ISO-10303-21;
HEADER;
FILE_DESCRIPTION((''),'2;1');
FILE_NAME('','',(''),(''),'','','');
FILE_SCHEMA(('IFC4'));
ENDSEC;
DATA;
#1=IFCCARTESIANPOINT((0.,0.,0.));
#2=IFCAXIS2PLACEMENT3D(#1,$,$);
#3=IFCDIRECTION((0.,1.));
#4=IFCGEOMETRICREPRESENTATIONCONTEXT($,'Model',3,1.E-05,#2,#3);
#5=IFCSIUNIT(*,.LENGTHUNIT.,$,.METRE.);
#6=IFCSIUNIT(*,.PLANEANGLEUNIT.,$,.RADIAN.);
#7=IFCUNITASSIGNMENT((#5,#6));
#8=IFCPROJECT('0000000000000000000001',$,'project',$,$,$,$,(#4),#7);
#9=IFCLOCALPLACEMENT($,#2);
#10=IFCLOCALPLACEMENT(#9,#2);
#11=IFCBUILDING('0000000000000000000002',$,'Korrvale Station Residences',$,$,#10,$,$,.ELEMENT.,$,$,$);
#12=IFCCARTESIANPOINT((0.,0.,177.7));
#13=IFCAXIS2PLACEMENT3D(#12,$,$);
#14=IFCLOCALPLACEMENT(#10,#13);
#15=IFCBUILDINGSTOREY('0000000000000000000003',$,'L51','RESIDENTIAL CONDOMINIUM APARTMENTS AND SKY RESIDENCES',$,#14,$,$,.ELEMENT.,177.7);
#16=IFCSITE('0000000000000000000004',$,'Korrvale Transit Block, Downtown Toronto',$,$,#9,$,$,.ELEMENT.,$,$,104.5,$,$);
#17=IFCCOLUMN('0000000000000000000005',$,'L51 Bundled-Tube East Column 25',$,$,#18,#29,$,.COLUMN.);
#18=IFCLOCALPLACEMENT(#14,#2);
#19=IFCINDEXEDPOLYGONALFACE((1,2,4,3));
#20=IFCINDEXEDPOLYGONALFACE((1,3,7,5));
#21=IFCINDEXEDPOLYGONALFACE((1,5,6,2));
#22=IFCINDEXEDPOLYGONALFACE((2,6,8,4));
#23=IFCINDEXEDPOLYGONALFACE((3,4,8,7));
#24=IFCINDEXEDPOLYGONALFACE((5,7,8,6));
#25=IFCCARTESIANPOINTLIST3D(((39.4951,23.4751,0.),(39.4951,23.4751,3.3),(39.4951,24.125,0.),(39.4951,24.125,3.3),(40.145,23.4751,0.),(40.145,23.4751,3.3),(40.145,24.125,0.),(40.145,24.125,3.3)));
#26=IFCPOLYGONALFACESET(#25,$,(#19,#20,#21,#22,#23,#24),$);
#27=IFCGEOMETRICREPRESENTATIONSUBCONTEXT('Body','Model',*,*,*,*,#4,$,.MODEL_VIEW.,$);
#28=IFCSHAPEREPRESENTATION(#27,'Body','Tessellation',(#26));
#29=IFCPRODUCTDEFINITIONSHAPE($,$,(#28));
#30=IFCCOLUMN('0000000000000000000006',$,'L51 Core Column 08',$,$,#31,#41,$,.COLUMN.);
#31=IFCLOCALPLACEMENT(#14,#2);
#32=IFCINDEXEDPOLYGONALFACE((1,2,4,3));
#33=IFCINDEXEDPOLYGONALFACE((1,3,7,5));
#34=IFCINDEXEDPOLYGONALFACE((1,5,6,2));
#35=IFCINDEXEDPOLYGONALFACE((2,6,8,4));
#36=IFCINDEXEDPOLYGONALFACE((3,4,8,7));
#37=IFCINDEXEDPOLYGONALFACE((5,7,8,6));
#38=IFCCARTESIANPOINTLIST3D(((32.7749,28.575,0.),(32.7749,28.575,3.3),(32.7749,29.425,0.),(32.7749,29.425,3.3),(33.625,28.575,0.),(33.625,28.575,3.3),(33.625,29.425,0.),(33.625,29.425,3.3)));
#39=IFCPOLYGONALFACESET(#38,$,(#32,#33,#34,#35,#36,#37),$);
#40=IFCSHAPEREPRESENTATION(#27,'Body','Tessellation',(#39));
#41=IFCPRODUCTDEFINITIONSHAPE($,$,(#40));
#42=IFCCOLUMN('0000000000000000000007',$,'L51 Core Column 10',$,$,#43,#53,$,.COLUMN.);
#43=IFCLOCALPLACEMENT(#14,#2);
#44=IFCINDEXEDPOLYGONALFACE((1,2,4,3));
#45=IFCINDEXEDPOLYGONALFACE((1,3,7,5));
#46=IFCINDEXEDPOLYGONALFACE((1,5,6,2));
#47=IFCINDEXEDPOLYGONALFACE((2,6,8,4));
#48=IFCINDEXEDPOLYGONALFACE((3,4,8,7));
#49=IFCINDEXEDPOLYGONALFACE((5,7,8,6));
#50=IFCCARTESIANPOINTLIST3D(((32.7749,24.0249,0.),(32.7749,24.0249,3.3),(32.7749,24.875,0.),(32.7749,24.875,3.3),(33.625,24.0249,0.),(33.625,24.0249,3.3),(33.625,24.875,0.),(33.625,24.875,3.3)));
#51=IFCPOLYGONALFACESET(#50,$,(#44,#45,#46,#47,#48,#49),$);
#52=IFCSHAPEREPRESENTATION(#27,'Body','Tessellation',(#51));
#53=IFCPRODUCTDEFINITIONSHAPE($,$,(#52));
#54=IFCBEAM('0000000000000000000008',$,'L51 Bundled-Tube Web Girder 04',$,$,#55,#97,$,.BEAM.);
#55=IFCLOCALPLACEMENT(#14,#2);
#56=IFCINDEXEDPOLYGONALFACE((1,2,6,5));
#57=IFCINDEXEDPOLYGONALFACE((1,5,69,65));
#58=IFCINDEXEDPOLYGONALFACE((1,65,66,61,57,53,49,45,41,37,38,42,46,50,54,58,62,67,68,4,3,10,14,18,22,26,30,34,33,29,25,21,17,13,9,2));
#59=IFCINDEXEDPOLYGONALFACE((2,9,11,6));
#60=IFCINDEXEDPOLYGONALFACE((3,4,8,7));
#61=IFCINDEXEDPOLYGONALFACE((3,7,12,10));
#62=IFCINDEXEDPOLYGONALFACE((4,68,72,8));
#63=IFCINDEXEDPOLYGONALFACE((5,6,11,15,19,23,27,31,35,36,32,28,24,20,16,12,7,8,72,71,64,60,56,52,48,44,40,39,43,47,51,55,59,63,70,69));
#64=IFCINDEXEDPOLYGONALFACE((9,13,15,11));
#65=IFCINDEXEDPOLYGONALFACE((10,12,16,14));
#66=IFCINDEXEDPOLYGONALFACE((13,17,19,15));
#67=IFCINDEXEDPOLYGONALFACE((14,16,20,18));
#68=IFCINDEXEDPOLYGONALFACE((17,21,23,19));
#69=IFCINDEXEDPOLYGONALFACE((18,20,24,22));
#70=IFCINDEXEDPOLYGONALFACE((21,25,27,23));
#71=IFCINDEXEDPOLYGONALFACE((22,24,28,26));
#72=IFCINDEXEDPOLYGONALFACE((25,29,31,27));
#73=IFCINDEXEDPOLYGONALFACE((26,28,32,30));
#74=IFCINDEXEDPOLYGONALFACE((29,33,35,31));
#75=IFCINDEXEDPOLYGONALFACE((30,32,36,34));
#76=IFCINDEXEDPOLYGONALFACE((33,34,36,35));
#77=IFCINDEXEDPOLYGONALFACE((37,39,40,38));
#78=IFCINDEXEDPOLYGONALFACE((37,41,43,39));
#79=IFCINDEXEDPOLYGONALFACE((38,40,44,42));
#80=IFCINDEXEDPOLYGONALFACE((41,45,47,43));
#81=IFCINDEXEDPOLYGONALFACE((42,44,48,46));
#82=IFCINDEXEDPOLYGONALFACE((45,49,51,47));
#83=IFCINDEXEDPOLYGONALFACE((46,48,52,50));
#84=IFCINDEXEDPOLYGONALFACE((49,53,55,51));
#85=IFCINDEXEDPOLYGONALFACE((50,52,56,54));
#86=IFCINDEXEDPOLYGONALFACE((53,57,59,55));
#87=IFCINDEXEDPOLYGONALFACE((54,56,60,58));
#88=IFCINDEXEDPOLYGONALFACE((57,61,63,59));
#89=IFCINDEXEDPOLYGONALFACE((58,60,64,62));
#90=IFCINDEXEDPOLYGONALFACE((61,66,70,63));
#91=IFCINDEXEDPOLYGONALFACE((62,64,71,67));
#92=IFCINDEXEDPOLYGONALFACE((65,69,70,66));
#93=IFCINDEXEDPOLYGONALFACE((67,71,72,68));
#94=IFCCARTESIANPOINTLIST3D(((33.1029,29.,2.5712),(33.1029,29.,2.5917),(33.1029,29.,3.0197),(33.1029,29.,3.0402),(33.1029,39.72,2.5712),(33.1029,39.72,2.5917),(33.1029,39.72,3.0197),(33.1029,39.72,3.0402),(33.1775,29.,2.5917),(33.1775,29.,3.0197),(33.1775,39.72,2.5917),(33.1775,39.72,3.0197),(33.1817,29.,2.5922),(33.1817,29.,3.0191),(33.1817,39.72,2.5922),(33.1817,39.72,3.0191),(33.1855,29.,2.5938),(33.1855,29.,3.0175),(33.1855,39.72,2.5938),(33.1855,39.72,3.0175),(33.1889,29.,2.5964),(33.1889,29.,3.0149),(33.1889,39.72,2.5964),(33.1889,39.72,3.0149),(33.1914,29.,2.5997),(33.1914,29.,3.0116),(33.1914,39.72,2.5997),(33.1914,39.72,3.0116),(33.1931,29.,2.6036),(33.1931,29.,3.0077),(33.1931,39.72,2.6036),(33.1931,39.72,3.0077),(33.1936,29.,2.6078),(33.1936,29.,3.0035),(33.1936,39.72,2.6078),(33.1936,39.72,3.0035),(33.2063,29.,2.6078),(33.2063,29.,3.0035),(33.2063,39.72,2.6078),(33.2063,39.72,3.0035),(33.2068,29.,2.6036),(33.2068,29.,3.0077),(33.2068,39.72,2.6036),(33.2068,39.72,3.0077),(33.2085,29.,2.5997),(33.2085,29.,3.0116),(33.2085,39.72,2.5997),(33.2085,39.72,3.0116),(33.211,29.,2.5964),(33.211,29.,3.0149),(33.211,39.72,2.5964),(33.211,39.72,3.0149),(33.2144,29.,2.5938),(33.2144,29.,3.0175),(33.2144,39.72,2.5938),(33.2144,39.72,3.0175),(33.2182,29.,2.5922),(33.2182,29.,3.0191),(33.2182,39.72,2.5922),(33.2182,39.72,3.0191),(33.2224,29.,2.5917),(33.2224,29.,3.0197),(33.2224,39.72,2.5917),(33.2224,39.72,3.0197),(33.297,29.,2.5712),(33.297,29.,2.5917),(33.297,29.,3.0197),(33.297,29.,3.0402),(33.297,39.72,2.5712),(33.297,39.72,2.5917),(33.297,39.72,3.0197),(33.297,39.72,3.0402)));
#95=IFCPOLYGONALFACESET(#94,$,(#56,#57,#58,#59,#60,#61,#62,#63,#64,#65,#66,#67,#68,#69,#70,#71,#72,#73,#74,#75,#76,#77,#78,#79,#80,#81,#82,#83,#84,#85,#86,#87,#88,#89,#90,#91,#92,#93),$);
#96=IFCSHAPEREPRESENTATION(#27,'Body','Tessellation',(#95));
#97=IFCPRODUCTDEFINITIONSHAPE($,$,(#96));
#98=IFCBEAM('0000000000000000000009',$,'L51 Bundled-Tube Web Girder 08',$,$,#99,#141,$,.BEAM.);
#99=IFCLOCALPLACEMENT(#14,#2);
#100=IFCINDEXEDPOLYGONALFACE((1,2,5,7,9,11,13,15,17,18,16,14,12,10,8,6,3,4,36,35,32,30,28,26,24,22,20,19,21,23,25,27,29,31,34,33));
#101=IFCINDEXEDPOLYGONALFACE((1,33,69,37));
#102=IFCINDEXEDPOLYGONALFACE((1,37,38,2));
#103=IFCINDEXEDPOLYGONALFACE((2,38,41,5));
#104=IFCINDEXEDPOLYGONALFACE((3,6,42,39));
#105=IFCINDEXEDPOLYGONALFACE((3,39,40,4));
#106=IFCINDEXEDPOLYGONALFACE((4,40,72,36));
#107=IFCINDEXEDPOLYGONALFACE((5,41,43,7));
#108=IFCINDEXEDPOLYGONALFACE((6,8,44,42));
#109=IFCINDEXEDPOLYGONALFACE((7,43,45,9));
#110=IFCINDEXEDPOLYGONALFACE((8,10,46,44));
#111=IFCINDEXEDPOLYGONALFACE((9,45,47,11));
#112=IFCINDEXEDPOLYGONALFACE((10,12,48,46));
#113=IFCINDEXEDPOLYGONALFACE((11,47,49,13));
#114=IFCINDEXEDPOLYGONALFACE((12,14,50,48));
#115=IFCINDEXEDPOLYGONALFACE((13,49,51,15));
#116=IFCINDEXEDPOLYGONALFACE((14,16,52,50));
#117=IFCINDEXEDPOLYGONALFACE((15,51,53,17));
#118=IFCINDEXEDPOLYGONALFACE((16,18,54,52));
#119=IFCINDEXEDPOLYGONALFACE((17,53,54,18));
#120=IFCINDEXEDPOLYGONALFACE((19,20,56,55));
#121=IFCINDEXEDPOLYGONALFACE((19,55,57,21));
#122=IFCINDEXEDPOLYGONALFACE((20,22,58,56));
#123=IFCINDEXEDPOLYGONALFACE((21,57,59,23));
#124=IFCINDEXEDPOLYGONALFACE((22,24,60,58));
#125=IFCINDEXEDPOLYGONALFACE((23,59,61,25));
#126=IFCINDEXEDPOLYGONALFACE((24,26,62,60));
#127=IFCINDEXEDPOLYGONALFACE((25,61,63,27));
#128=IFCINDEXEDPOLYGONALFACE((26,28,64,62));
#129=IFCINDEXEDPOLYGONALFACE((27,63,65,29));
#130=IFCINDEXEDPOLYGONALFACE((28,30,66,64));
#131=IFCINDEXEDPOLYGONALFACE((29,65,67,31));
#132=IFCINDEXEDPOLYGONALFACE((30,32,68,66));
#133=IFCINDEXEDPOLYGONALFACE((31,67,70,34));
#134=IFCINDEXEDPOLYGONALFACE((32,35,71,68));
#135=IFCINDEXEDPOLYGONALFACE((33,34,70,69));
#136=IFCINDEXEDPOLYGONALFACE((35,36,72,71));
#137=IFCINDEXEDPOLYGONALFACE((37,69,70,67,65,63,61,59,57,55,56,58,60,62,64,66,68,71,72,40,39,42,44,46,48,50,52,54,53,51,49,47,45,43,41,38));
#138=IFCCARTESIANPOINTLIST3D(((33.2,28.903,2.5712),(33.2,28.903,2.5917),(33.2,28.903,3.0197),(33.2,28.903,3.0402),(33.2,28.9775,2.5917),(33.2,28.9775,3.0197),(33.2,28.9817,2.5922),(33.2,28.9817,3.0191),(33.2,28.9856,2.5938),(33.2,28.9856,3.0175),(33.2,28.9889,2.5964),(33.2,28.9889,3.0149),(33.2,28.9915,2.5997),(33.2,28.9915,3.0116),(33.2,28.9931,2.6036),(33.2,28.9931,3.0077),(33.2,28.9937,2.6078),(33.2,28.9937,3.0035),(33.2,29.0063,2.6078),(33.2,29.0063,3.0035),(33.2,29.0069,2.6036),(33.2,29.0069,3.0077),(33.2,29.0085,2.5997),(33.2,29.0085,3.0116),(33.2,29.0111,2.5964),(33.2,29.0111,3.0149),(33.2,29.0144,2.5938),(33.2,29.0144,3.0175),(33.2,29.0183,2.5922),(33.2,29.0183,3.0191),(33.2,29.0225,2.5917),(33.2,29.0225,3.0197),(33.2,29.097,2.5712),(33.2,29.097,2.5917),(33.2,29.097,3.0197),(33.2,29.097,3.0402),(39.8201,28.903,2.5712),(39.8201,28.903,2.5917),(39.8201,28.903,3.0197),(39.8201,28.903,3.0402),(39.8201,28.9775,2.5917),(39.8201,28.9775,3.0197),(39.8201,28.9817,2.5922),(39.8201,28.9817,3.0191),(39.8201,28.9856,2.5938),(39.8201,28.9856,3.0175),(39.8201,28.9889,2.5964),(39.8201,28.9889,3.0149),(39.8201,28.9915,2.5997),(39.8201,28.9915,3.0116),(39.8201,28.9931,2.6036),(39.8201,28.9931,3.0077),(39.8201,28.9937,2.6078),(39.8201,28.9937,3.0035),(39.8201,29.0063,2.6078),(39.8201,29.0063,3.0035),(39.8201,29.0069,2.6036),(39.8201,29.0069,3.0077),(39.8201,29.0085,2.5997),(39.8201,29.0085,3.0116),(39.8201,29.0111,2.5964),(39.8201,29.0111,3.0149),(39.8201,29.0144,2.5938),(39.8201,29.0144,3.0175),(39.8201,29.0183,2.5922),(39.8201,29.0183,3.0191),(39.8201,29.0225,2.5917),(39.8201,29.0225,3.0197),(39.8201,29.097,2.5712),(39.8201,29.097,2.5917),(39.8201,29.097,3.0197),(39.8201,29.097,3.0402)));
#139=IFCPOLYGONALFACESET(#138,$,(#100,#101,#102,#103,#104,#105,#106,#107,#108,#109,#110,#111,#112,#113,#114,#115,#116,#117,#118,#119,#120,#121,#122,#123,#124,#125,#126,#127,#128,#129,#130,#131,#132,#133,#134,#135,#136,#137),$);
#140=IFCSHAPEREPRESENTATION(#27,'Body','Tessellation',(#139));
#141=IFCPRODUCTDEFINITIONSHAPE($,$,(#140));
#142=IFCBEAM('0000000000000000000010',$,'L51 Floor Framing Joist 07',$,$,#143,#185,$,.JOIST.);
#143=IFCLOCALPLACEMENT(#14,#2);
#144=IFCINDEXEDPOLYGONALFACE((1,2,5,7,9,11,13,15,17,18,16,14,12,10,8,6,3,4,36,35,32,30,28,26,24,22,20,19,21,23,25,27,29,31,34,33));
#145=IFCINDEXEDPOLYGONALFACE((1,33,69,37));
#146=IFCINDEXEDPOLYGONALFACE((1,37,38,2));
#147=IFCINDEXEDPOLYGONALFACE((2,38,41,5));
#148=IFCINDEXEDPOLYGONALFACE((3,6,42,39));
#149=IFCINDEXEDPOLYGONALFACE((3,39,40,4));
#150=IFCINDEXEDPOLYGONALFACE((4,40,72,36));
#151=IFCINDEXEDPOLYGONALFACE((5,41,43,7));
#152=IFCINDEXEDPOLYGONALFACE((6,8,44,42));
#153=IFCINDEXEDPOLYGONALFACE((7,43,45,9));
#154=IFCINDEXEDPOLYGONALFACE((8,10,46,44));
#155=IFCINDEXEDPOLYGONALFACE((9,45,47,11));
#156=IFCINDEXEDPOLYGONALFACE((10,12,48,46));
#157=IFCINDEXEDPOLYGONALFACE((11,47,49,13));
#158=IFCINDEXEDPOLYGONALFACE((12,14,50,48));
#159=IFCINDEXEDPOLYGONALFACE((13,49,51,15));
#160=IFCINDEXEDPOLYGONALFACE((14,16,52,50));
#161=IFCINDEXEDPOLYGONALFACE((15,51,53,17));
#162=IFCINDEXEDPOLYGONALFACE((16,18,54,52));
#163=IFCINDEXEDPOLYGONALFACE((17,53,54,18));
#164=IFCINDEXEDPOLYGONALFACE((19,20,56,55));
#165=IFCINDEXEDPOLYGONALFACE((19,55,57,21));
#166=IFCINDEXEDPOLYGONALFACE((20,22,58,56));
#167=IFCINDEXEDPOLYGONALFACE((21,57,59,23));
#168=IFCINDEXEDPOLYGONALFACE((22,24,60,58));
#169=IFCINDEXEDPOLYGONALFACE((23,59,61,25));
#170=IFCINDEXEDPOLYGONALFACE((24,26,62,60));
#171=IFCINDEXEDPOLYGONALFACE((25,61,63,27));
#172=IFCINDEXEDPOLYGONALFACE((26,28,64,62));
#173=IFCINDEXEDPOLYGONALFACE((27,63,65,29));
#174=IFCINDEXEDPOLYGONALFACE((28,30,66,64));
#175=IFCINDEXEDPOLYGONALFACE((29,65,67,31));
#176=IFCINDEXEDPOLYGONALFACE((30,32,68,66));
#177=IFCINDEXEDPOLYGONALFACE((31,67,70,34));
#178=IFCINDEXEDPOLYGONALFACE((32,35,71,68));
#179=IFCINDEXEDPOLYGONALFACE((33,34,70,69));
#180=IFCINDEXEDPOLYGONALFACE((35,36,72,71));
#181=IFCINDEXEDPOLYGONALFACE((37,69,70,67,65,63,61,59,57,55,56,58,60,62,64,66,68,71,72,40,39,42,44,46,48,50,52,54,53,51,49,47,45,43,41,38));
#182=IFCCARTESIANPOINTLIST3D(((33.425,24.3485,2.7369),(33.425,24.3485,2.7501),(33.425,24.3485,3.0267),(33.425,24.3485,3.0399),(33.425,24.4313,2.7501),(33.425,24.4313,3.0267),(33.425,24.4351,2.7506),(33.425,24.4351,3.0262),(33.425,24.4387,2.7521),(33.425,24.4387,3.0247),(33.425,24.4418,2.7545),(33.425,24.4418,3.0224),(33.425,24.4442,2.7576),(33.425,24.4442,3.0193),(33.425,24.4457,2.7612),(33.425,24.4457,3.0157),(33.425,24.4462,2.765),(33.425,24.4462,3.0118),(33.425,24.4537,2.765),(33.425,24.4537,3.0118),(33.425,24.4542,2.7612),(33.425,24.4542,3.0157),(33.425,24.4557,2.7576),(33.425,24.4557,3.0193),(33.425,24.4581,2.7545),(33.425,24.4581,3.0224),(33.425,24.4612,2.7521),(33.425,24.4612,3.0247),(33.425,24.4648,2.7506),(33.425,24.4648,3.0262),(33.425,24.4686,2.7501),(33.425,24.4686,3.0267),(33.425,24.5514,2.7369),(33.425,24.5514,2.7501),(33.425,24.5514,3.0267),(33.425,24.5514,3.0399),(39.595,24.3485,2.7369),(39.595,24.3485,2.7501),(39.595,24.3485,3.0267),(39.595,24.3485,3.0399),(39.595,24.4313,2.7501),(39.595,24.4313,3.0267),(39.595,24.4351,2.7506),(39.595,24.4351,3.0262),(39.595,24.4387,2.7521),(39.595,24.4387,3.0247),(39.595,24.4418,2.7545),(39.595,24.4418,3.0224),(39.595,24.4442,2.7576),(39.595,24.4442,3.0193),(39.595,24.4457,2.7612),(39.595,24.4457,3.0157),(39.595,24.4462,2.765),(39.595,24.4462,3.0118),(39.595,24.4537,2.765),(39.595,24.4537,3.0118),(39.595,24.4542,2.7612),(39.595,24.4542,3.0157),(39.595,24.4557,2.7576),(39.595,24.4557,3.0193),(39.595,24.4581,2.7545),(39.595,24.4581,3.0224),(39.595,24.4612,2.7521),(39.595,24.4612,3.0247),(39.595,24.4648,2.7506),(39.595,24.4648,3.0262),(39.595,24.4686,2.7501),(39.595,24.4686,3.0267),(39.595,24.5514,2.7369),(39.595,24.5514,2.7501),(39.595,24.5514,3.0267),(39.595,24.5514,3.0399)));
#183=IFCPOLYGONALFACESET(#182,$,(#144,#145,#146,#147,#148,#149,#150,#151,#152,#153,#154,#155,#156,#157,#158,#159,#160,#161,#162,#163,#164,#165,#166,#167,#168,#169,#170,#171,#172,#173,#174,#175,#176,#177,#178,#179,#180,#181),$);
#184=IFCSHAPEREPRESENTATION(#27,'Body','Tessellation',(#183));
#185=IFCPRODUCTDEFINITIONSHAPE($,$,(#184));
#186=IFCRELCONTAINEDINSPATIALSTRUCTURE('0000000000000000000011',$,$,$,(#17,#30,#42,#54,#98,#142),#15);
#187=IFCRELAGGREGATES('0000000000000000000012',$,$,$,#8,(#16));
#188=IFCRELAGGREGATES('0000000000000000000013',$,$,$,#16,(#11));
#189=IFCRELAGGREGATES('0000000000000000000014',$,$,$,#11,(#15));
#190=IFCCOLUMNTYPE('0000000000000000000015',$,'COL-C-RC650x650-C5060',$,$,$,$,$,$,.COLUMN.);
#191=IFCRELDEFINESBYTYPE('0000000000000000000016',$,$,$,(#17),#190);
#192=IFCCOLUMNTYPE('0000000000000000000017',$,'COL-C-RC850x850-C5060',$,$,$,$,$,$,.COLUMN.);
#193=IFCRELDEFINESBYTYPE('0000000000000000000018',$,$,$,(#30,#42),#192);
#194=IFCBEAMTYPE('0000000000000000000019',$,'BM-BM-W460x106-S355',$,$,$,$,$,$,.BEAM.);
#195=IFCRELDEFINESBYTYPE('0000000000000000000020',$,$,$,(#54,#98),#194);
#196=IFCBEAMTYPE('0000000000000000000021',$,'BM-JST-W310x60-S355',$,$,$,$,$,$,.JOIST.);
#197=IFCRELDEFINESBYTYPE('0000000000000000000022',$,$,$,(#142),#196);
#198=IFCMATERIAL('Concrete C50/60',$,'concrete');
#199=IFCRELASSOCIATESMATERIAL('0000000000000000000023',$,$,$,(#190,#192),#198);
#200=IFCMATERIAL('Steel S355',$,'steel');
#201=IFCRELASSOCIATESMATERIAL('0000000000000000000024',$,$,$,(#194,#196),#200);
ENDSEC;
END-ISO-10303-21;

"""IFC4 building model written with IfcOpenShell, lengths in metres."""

from ifc_helpers import new_model, si_unit, direction, frame, origin, origin_2d, place, context, subcontext, project, spatial, rectangle, i_section, extrude, material, material_profile, profile_set, type_object, element, save


model = new_model("IFC4")

# Units and contexts
model_context = context("Model", 3, precision=1e-05, world=origin(), true_north=direction((0.0, 1.0)))
body_context = subcontext(model_context, "Body", "Model", "MODEL_VIEW")
ifc_project = project(units=[si_unit("LENGTHUNIT", "METRE"), si_unit("PLANEANGLEUNIT", "RADIAN")], contexts=[model_context])

# Site, building, storey
site_placement = place(None, origin())
site = spatial("IfcSite", under=ifc_project, at=site_placement, Name="Korrvale Transit Block, Downtown Toronto", CompositionType="ELEMENT", RefElevation=104.5)
building_placement = place(site_placement, origin())
building = spatial("IfcBuilding", under=site, at=building_placement, Name="Korrvale Station Residences", CompositionType="ELEMENT")
storey_placement = place(building_placement, frame((0.0, 0.0, 177.7)))
storey = spatial("IfcBuildingStorey", under=building, at=storey_placement, Name="L51", Description="RESIDENTIAL CONDOMINIUM APARTMENTS AND SKY RESIDENCES", CompositionType="ELEMENT", Elevation=177.7)

# Columns
ifc_material_1 = material(Name="Concrete C50/60", Category="concrete")
ifc_material_profile_1 = material_profile(ifc_material_1, rectangle(XDim=0.6499, YDim=0.6499, at=origin_2d()), Name="RC650x650")
ifc_profile_set_1 = profile_set([ifc_material_profile_1], Name="Concrete C50/60")
column_type_1 = type_object("IfcColumnType", Name="COL-C-RC650x650-C5060", PredefinedType="COLUMN", material=ifc_profile_set_1)
column_placement = place(storey_placement, frame((39.8201, 23.8, 0.0), z_axis=(0.0, 0.0, 1.0), x_axis=(1.0, 0.0, 0.0)))
element("IfcColumn", 1, at=column_placement, inside=storey, type_object=column_type_1, Name="L51 Bundled-Tube East Column 25", PredefinedType="COLUMN", context=body_context, shape_type="SweptSolid", body=[
    extrude(rectangle(XDim=0.6499, YDim=0.6499, at=origin_2d()), origin(), (0.0, 0.0, 1.0), 3.3),
])
ifc_material_profile_2 = material_profile(ifc_material_1, rectangle(XDim=0.8501, YDim=0.8501, at=origin_2d()), Name="RC850x850")
ifc_profile_set_2 = profile_set([ifc_material_profile_2], Name="Concrete C50/60")
column_type_2 = type_object("IfcColumnType", Name="COL-C-RC850x850-C5060", PredefinedType="COLUMN", material=ifc_profile_set_2)
for number, where, z_axis, x_axis, name in (
    (2, (33.2, 29.0, 0.0), (0.0, 0.0, 1.0), (1.0, 0.0, 0.0), "L51 Core Column 08"),
    (3, (33.2, 24.45, 0.0), (0.0, 0.0, 1.0), (1.0, 0.0, 0.0), "L51 Core Column 10"),
):
    element("IfcColumn", number, at=place(storey_placement, frame(where, z_axis=z_axis, x_axis=x_axis)), inside=storey, type_object=column_type_2, Name=name, PredefinedType="COLUMN", context=body_context, shape_type="SweptSolid", body=[
        extrude(rectangle(XDim=0.8501, YDim=0.8501, at=origin_2d()), origin(), (0.0, 0.0, 1.0), 3.3),
    ])

# Beams
ifc_material_2 = material(Name="Steel S355", Category="steel")
ifc_material_profile_3 = material_profile(ifc_material_2, i_section(OverallWidth=0.1941, OverallDepth=0.469, WebThickness=0.0127, FlangeThickness=0.0205, FilletRadius=0.0161, at=origin_2d()), Name="W460x106")
ifc_profile_set_3 = profile_set([ifc_material_profile_3], Name="Steel S355")
beam_type_1 = type_object("IfcBeamType", Name="BM-BM-W460x106-S355", PredefinedType="BEAM", material=ifc_profile_set_3)
beam_1_placement = place(storey_placement, frame((33.2, 29.0, 2.8057), z_axis=(0.0, 1.0, 0.0), x_axis=(-1.0, 0.0, 0.0)))
element("IfcBeam", 4, at=beam_1_placement, inside=storey, type_object=beam_type_1, Name="L51 Bundled-Tube Web Girder 04", PredefinedType="BEAM", context=body_context, shape_type="SweptSolid", body=[
    extrude(i_section(OverallWidth=0.1941, OverallDepth=0.469, WebThickness=0.0127, FlangeThickness=0.0205, FilletRadius=0.0161, at=origin_2d()), origin(), (0.0, 0.0, 1.0), 10.72),
])
beam_2_placement = place(storey_placement, frame((33.2, 29.0, 2.8057), z_axis=(1.0, 0.0, 0.0), x_axis=(0.0, 1.0, 0.0)))
element("IfcBeam", 5, at=beam_2_placement, inside=storey, type_object=beam_type_1, Name="L51 Bundled-Tube Web Girder 08", PredefinedType="BEAM", context=body_context, shape_type="SweptSolid", body=[
    extrude(i_section(OverallWidth=0.1941, OverallDepth=0.469, WebThickness=0.0127, FlangeThickness=0.0205, FilletRadius=0.0161, at=origin_2d()), origin(), (0.0, 0.0, 1.0), 6.6201),
])
ifc_material_profile_4 = material_profile(ifc_material_2, i_section(OverallWidth=0.2029, OverallDepth=0.303, WebThickness=0.0076, FlangeThickness=0.0132, FilletRadius=0.0149, at=origin_2d()), Name="W310x60")
ifc_profile_set_4 = profile_set([ifc_material_profile_4], Name="Steel S355")
beam_type_2 = type_object("IfcBeamType", Name="BM-JST-W310x60-S355", PredefinedType="JOIST", material=ifc_profile_set_4)
beam_3_placement = place(storey_placement, frame((33.425, 24.45, 2.8884), z_axis=(1.0, 0.0, 0.0), x_axis=(0.0, 1.0, 0.0)))
element("IfcBeam", 6, at=beam_3_placement, inside=storey, type_object=beam_type_2, Name="L51 Floor Framing Joist 07", PredefinedType="JOIST", context=body_context, shape_type="SweptSolid", body=[
    extrude(i_section(OverallWidth=0.2029, OverallDepth=0.303, WebThickness=0.0076, FlangeThickness=0.0132, FilletRadius=0.0149, at=origin_2d()), origin(), (0.0, 0.0, 1.0), 6.1699),
])

save(model, "model.ifc")
